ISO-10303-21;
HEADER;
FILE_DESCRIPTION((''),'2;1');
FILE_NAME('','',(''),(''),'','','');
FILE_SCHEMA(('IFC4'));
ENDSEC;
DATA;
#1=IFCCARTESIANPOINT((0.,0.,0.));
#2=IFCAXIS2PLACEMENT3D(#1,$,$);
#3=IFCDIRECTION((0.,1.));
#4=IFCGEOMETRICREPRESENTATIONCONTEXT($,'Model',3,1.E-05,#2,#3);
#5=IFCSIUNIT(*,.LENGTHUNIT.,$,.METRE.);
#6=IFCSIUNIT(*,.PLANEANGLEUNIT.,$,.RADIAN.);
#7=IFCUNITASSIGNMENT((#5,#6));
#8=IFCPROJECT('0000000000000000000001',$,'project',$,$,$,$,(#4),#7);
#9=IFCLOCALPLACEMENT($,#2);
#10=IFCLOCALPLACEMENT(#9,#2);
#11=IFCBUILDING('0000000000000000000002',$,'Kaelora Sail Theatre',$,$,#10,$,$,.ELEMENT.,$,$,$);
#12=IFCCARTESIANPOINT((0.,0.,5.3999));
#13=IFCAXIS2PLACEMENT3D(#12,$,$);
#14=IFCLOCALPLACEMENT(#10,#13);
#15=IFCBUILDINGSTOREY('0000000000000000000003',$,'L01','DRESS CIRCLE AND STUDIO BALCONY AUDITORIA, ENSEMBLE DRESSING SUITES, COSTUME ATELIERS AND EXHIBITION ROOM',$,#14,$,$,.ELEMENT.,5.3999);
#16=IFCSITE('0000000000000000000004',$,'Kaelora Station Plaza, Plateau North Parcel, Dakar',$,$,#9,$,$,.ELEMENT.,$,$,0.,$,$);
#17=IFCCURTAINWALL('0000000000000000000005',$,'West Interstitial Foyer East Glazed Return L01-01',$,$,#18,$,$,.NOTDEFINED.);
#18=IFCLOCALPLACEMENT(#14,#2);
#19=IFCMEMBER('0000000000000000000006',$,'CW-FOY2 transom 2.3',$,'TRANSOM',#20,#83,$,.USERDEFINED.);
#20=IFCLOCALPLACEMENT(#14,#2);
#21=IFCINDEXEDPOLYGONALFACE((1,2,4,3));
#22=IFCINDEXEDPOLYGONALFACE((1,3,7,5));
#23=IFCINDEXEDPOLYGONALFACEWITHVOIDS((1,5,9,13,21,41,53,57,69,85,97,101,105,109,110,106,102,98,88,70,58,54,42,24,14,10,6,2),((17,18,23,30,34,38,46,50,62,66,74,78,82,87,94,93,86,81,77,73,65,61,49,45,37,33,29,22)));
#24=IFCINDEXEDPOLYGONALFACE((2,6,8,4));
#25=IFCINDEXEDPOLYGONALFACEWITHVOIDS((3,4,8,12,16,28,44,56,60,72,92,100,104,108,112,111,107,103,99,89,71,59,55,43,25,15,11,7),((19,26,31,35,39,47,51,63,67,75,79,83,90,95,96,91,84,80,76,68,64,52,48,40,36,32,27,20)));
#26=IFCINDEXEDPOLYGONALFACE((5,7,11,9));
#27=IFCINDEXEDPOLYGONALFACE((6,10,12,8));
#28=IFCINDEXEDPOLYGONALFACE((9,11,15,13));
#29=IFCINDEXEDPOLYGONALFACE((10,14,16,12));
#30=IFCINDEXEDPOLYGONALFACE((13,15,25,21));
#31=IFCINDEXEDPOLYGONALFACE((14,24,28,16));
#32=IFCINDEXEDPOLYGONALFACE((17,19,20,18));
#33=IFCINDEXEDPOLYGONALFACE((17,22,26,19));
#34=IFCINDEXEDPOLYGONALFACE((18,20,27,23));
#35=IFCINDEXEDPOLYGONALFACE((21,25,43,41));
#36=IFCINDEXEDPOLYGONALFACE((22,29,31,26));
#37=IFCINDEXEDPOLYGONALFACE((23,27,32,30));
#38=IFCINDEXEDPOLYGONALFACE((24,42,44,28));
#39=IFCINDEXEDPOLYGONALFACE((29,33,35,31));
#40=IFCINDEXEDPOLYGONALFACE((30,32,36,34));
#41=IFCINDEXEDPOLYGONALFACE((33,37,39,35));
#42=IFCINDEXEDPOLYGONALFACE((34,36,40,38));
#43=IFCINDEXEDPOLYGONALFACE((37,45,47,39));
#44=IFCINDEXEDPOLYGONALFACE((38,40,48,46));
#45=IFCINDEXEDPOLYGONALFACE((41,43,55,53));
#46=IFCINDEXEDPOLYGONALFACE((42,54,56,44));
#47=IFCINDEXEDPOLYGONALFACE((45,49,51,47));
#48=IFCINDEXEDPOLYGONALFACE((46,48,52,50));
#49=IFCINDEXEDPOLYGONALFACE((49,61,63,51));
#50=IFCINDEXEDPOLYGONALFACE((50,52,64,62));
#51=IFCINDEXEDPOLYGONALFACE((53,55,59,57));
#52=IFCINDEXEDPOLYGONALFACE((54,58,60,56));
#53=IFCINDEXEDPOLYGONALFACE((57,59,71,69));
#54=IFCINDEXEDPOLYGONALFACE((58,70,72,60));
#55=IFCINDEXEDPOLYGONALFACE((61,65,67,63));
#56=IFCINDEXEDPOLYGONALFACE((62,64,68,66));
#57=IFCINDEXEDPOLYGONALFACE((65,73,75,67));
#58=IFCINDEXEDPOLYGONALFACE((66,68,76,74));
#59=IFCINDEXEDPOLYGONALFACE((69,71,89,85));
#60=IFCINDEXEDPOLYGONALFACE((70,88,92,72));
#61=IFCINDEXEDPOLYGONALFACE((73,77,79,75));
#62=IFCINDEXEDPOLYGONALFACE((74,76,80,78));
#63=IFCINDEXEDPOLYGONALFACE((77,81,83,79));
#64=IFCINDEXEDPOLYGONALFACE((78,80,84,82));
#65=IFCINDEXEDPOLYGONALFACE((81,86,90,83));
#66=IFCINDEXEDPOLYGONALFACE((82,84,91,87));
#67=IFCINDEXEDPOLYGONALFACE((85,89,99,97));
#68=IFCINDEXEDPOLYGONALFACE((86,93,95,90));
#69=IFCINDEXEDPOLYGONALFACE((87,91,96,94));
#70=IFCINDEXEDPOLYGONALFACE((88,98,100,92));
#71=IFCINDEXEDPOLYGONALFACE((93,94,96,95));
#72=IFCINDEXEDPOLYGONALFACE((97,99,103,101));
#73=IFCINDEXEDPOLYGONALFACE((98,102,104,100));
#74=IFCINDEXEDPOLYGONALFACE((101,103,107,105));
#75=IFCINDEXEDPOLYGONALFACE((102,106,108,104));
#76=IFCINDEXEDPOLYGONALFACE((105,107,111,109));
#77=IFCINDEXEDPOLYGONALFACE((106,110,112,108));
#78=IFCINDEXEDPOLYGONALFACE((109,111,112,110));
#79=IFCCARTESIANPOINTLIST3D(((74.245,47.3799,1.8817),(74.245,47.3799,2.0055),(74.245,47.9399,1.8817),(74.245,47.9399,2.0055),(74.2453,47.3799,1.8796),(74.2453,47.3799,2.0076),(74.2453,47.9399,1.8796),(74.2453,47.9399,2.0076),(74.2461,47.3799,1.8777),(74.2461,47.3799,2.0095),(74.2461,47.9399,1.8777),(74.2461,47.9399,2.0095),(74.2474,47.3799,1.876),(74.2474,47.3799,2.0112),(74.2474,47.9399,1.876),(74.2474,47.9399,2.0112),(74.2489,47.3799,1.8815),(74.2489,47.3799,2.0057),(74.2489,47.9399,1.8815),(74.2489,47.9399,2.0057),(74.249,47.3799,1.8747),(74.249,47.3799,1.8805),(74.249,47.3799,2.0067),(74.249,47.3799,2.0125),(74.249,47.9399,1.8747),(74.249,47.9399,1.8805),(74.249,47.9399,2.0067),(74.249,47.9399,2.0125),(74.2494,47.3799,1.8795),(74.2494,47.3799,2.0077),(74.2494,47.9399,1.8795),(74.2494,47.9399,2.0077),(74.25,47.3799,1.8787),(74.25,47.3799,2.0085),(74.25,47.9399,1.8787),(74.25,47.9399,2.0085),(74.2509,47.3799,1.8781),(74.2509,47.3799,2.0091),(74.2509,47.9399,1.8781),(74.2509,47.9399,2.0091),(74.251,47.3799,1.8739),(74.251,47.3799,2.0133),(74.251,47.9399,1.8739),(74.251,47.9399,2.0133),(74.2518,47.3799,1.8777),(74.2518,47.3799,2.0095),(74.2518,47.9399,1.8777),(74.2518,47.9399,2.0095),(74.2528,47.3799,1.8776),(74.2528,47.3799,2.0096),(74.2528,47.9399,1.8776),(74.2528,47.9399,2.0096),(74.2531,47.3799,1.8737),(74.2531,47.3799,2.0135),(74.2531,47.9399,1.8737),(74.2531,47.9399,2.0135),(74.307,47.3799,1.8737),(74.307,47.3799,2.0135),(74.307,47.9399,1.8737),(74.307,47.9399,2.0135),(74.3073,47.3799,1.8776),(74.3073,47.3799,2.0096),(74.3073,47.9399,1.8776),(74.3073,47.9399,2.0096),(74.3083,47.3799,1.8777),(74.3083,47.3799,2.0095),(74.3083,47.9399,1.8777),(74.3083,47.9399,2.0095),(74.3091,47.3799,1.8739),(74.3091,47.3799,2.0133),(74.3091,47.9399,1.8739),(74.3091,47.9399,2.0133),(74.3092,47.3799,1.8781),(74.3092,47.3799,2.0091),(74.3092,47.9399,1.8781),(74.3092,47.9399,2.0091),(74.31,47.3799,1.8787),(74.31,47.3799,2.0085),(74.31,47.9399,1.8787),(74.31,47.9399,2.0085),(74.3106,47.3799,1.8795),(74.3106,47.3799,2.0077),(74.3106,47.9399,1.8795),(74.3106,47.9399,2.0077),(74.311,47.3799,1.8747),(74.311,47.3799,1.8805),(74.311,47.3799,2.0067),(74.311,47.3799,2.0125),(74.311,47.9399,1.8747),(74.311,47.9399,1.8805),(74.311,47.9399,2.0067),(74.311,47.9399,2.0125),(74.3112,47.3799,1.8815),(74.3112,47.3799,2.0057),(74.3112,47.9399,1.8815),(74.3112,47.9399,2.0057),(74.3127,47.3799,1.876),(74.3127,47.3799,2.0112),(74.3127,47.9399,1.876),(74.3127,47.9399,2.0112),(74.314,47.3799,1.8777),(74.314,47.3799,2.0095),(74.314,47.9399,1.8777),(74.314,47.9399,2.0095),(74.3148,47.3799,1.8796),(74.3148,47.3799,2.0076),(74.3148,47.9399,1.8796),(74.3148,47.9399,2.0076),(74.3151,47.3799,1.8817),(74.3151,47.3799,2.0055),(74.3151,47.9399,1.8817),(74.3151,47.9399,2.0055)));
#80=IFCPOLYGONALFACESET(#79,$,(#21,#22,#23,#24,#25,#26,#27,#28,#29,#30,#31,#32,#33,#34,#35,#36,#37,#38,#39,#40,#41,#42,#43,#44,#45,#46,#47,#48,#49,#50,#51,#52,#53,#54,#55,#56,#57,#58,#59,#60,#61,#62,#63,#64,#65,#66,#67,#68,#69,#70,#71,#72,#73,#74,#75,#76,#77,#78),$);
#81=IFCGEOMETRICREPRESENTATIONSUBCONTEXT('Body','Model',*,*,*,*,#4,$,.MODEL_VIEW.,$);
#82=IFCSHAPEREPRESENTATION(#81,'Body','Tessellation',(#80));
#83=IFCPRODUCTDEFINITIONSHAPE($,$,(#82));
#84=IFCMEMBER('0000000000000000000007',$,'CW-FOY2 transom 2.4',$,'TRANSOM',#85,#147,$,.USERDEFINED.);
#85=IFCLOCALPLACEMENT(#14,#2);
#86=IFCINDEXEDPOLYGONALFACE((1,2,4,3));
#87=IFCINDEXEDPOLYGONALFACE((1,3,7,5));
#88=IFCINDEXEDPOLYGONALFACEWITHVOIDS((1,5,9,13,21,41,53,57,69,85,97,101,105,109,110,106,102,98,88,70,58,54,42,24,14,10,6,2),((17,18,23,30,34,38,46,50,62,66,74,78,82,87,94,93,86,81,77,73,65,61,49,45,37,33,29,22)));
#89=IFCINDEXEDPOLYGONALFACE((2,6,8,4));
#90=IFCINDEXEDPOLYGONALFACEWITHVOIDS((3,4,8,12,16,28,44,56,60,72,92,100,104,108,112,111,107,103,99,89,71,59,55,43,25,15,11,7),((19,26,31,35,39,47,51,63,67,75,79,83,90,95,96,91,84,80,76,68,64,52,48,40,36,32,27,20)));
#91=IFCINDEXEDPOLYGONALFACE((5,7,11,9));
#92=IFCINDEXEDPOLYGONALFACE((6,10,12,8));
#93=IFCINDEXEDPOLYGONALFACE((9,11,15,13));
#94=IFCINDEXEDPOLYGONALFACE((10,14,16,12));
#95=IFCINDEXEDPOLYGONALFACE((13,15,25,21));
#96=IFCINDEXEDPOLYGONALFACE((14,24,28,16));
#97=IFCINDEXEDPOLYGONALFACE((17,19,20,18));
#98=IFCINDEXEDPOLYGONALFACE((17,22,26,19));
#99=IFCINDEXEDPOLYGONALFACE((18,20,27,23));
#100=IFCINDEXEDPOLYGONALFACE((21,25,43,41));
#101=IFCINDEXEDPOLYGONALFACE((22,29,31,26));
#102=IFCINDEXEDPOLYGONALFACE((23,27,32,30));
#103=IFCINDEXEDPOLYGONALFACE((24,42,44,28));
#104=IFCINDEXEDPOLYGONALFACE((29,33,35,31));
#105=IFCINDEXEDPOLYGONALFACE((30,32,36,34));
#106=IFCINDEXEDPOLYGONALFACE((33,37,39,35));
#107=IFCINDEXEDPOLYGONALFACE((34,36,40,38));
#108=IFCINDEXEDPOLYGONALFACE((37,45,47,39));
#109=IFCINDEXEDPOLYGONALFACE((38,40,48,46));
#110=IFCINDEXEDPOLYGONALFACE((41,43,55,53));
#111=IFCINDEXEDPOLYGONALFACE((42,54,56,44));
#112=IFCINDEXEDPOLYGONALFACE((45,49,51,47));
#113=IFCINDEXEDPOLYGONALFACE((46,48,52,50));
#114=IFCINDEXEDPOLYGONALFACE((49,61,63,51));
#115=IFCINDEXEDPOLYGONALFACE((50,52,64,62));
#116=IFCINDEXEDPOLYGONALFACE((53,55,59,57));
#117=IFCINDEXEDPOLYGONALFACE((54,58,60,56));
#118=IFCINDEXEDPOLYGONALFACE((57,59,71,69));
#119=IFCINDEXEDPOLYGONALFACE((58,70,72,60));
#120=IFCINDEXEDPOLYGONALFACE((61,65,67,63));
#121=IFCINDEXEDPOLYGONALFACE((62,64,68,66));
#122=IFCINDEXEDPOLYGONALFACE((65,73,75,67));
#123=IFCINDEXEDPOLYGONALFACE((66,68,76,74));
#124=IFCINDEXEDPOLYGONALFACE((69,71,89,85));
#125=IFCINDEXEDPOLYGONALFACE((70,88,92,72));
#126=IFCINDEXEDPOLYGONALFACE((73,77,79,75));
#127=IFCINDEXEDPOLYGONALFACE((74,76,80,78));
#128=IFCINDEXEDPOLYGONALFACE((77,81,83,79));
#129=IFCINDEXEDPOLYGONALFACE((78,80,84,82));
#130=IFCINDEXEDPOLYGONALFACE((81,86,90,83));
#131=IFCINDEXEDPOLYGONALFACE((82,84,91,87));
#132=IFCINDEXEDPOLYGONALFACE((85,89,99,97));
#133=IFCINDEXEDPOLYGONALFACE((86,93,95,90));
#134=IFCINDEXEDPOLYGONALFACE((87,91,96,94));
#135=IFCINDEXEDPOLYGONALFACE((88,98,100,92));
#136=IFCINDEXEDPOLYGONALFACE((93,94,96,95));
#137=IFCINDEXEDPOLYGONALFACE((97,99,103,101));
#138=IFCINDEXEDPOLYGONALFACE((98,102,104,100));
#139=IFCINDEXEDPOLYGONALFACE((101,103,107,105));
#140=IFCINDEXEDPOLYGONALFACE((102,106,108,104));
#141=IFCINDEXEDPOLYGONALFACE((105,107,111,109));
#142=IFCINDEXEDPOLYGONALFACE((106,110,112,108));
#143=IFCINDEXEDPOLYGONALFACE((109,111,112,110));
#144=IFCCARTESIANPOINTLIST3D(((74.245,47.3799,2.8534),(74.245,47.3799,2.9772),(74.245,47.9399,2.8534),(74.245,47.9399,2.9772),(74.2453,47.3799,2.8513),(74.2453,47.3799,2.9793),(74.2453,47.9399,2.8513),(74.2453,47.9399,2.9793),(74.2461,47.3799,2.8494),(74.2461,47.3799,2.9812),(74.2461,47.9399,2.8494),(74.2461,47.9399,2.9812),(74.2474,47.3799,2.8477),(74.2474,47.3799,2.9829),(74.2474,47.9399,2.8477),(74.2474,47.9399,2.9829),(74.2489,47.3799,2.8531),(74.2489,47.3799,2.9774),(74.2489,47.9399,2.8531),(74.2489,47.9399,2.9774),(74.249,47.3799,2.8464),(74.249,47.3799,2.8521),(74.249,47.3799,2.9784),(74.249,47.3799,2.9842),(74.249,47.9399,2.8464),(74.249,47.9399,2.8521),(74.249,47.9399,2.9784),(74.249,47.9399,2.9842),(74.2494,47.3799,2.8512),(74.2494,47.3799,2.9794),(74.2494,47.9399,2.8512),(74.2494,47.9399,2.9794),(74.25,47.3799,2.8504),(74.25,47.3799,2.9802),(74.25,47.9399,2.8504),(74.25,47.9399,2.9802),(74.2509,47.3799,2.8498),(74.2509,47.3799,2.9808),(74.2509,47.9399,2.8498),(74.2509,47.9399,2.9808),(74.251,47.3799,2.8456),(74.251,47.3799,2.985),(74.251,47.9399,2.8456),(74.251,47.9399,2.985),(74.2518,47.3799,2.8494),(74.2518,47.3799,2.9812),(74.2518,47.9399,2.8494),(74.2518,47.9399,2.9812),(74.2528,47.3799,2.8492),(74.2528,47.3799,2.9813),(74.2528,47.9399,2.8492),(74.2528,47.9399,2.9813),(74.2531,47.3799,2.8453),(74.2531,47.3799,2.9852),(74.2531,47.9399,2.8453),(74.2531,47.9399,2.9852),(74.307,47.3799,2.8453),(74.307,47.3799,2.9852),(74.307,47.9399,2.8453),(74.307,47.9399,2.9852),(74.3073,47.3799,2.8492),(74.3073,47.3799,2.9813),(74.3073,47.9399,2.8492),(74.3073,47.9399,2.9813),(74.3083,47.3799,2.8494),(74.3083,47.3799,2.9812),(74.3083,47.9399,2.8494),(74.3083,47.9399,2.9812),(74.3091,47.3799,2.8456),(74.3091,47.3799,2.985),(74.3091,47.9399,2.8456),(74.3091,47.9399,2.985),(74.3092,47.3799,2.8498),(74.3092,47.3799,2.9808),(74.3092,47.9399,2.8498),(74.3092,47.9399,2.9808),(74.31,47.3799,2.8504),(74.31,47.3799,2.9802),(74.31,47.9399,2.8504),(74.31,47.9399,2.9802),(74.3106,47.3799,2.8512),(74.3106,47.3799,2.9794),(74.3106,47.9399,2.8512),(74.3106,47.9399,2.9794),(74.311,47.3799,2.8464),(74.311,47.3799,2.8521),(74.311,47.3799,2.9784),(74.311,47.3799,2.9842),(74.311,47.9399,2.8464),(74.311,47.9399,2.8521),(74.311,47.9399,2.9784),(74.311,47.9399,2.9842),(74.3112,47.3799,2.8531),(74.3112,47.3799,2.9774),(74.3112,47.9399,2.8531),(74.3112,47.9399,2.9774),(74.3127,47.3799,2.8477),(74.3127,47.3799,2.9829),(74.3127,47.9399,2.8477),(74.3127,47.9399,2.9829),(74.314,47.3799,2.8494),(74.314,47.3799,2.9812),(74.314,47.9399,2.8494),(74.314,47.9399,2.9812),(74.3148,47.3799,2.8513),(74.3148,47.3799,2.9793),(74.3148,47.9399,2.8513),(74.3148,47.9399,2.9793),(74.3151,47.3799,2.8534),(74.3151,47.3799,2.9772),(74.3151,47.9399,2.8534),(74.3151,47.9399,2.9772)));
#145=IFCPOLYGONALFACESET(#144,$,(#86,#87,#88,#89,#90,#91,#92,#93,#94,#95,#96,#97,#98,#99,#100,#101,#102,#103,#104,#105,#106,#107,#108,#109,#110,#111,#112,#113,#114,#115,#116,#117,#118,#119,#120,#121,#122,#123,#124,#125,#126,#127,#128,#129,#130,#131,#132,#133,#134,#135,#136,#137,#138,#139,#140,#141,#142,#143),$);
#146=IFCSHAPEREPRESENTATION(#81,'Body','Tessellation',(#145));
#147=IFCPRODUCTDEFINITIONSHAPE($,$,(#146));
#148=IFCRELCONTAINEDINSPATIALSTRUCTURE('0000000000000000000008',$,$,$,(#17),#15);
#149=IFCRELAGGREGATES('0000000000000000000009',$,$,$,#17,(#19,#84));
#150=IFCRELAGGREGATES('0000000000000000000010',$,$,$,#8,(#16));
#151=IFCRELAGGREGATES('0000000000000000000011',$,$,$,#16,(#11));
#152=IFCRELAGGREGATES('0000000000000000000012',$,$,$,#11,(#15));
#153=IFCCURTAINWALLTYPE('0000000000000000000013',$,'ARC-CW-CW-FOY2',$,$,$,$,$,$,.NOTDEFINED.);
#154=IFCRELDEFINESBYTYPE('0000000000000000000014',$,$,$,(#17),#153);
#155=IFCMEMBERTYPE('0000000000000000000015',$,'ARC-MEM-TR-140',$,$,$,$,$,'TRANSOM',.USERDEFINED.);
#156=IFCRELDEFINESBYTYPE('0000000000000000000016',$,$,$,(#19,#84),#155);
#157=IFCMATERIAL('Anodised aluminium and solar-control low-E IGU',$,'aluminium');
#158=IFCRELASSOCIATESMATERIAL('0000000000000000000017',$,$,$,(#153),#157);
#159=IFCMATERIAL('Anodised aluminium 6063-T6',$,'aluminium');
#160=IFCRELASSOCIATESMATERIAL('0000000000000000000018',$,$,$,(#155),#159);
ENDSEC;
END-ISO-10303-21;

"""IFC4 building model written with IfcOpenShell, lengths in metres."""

from ifc_helpers import new_model, si_unit, direction, frame, origin, origin_2d, place, context, subcontext, project, spatial, hollow_rectangle, extrude, material, material_profile, profile_set, type_object, element, aggregate, save


model = new_model("IFC4")

# Units and contexts
model_context = context("Model", 3, precision=1e-05, world=origin(), true_north=direction((0.0, 1.0)))
body_context = subcontext(model_context, "Body", "Model", "MODEL_VIEW")
ifc_project = project(units=[si_unit("LENGTHUNIT", "METRE"), si_unit("PLANEANGLEUNIT", "RADIAN")], contexts=[model_context])

# Site, building, storey
site_placement = place(None, origin())
site = spatial("IfcSite", under=ifc_project, at=site_placement, Name="Kaelora Station Plaza, Plateau North Parcel, Dakar", CompositionType="ELEMENT", RefElevation=0.0)
building_placement = place(site_placement, origin())
building = spatial("IfcBuilding", under=site, at=building_placement, Name="Kaelora Sail Theatre", CompositionType="ELEMENT")
storey_placement = place(building_placement, frame((0.0, 0.0, 5.3999)))
storey = spatial("IfcBuildingStorey", under=building, at=storey_placement, Name="L01", Description="DRESS CIRCLE AND STUDIO BALCONY AUDITORIA, ENSEMBLE DRESSING SUITES, COSTUME ATELIERS AND EXHIBITION ROOM", CompositionType="ELEMENT", Elevation=5.3999)

# Shared definitions
ifc_material_1 = material(Name="Anodised aluminium and solar-control low-E IGU", Category="aluminium")
curtain_wall_type = type_object("IfcCurtainWallType", Name="ARC-CW-CW-FOY2", PredefinedType="NOTDEFINED", material=ifc_material_1)

# Curtain wall, members
curtain_wall_1_placement = place(storey_placement, origin())
curtain_wall_1 = element("IfcCurtainWall", 1, at=curtain_wall_1_placement, inside=storey, type_object=curtain_wall_type, Name="West Interstitial Foyer East Glazed Return L01-01", PredefinedType="NOTDEFINED")
ifc_material_2 = material(Name="Anodised aluminium 6063-T6", Category="aluminium")
ifc_material_profile_1 = material_profile(ifc_material_2, hollow_rectangle(XDim=0.0701, YDim=0.1399, WallThickness=0.0039, InnerFilletRadius=0.0039, OuterFilletRadius=0.0081, at=origin_2d()), Name="ALU-TRAN 70x140x4")
ifc_profile_set_1 = profile_set([ifc_material_profile_1], Name="Anodised aluminium 6063-T6")
member_type_1 = type_object("IfcMemberType", Name="ARC-MEM-TR-140", ElementType="TRANSOM", PredefinedType="USERDEFINED", material=ifc_profile_set_1)
member_1_placement = place(storey_placement, frame((74.28, 47.3799, 1.9436), z_axis=(0.0, 1.0, 0.0), x_axis=(-1.0, 0.0, 0.0)))
member_1 = element("IfcMember", 2, at=member_1_placement, type_object=member_type_1, Name="CW-FOY2 transom 2.3", ObjectType="TRANSOM", PredefinedType="USERDEFINED", context=body_context, shape_type="SweptSolid", body=[
    extrude(hollow_rectangle(XDim=0.0701, YDim=0.1399, WallThickness=0.0039, InnerFilletRadius=0.0039, OuterFilletRadius=0.0081, at=origin_2d()), origin(), (0.0, 0.0, 1.0), 0.5601),
])
member_2_placement = place(storey_placement, frame((74.28, 47.3799, 2.9153), z_axis=(0.0, 1.0, 0.0), x_axis=(-1.0, 0.0, 0.0)))
member_2 = element("IfcMember", 3, at=member_2_placement, type_object=member_type_1, Name="CW-FOY2 transom 2.4", ObjectType="TRANSOM", PredefinedType="USERDEFINED", context=body_context, shape_type="SweptSolid", body=[
    extrude(hollow_rectangle(XDim=0.0701, YDim=0.1399, WallThickness=0.0039, InnerFilletRadius=0.0039, OuterFilletRadius=0.0081, at=origin_2d()), origin(), (0.0, 0.0, 1.0), 0.5601),
])

aggregate(curtain_wall_1, [member_1, member_2])

save(model, "model.ifc")
